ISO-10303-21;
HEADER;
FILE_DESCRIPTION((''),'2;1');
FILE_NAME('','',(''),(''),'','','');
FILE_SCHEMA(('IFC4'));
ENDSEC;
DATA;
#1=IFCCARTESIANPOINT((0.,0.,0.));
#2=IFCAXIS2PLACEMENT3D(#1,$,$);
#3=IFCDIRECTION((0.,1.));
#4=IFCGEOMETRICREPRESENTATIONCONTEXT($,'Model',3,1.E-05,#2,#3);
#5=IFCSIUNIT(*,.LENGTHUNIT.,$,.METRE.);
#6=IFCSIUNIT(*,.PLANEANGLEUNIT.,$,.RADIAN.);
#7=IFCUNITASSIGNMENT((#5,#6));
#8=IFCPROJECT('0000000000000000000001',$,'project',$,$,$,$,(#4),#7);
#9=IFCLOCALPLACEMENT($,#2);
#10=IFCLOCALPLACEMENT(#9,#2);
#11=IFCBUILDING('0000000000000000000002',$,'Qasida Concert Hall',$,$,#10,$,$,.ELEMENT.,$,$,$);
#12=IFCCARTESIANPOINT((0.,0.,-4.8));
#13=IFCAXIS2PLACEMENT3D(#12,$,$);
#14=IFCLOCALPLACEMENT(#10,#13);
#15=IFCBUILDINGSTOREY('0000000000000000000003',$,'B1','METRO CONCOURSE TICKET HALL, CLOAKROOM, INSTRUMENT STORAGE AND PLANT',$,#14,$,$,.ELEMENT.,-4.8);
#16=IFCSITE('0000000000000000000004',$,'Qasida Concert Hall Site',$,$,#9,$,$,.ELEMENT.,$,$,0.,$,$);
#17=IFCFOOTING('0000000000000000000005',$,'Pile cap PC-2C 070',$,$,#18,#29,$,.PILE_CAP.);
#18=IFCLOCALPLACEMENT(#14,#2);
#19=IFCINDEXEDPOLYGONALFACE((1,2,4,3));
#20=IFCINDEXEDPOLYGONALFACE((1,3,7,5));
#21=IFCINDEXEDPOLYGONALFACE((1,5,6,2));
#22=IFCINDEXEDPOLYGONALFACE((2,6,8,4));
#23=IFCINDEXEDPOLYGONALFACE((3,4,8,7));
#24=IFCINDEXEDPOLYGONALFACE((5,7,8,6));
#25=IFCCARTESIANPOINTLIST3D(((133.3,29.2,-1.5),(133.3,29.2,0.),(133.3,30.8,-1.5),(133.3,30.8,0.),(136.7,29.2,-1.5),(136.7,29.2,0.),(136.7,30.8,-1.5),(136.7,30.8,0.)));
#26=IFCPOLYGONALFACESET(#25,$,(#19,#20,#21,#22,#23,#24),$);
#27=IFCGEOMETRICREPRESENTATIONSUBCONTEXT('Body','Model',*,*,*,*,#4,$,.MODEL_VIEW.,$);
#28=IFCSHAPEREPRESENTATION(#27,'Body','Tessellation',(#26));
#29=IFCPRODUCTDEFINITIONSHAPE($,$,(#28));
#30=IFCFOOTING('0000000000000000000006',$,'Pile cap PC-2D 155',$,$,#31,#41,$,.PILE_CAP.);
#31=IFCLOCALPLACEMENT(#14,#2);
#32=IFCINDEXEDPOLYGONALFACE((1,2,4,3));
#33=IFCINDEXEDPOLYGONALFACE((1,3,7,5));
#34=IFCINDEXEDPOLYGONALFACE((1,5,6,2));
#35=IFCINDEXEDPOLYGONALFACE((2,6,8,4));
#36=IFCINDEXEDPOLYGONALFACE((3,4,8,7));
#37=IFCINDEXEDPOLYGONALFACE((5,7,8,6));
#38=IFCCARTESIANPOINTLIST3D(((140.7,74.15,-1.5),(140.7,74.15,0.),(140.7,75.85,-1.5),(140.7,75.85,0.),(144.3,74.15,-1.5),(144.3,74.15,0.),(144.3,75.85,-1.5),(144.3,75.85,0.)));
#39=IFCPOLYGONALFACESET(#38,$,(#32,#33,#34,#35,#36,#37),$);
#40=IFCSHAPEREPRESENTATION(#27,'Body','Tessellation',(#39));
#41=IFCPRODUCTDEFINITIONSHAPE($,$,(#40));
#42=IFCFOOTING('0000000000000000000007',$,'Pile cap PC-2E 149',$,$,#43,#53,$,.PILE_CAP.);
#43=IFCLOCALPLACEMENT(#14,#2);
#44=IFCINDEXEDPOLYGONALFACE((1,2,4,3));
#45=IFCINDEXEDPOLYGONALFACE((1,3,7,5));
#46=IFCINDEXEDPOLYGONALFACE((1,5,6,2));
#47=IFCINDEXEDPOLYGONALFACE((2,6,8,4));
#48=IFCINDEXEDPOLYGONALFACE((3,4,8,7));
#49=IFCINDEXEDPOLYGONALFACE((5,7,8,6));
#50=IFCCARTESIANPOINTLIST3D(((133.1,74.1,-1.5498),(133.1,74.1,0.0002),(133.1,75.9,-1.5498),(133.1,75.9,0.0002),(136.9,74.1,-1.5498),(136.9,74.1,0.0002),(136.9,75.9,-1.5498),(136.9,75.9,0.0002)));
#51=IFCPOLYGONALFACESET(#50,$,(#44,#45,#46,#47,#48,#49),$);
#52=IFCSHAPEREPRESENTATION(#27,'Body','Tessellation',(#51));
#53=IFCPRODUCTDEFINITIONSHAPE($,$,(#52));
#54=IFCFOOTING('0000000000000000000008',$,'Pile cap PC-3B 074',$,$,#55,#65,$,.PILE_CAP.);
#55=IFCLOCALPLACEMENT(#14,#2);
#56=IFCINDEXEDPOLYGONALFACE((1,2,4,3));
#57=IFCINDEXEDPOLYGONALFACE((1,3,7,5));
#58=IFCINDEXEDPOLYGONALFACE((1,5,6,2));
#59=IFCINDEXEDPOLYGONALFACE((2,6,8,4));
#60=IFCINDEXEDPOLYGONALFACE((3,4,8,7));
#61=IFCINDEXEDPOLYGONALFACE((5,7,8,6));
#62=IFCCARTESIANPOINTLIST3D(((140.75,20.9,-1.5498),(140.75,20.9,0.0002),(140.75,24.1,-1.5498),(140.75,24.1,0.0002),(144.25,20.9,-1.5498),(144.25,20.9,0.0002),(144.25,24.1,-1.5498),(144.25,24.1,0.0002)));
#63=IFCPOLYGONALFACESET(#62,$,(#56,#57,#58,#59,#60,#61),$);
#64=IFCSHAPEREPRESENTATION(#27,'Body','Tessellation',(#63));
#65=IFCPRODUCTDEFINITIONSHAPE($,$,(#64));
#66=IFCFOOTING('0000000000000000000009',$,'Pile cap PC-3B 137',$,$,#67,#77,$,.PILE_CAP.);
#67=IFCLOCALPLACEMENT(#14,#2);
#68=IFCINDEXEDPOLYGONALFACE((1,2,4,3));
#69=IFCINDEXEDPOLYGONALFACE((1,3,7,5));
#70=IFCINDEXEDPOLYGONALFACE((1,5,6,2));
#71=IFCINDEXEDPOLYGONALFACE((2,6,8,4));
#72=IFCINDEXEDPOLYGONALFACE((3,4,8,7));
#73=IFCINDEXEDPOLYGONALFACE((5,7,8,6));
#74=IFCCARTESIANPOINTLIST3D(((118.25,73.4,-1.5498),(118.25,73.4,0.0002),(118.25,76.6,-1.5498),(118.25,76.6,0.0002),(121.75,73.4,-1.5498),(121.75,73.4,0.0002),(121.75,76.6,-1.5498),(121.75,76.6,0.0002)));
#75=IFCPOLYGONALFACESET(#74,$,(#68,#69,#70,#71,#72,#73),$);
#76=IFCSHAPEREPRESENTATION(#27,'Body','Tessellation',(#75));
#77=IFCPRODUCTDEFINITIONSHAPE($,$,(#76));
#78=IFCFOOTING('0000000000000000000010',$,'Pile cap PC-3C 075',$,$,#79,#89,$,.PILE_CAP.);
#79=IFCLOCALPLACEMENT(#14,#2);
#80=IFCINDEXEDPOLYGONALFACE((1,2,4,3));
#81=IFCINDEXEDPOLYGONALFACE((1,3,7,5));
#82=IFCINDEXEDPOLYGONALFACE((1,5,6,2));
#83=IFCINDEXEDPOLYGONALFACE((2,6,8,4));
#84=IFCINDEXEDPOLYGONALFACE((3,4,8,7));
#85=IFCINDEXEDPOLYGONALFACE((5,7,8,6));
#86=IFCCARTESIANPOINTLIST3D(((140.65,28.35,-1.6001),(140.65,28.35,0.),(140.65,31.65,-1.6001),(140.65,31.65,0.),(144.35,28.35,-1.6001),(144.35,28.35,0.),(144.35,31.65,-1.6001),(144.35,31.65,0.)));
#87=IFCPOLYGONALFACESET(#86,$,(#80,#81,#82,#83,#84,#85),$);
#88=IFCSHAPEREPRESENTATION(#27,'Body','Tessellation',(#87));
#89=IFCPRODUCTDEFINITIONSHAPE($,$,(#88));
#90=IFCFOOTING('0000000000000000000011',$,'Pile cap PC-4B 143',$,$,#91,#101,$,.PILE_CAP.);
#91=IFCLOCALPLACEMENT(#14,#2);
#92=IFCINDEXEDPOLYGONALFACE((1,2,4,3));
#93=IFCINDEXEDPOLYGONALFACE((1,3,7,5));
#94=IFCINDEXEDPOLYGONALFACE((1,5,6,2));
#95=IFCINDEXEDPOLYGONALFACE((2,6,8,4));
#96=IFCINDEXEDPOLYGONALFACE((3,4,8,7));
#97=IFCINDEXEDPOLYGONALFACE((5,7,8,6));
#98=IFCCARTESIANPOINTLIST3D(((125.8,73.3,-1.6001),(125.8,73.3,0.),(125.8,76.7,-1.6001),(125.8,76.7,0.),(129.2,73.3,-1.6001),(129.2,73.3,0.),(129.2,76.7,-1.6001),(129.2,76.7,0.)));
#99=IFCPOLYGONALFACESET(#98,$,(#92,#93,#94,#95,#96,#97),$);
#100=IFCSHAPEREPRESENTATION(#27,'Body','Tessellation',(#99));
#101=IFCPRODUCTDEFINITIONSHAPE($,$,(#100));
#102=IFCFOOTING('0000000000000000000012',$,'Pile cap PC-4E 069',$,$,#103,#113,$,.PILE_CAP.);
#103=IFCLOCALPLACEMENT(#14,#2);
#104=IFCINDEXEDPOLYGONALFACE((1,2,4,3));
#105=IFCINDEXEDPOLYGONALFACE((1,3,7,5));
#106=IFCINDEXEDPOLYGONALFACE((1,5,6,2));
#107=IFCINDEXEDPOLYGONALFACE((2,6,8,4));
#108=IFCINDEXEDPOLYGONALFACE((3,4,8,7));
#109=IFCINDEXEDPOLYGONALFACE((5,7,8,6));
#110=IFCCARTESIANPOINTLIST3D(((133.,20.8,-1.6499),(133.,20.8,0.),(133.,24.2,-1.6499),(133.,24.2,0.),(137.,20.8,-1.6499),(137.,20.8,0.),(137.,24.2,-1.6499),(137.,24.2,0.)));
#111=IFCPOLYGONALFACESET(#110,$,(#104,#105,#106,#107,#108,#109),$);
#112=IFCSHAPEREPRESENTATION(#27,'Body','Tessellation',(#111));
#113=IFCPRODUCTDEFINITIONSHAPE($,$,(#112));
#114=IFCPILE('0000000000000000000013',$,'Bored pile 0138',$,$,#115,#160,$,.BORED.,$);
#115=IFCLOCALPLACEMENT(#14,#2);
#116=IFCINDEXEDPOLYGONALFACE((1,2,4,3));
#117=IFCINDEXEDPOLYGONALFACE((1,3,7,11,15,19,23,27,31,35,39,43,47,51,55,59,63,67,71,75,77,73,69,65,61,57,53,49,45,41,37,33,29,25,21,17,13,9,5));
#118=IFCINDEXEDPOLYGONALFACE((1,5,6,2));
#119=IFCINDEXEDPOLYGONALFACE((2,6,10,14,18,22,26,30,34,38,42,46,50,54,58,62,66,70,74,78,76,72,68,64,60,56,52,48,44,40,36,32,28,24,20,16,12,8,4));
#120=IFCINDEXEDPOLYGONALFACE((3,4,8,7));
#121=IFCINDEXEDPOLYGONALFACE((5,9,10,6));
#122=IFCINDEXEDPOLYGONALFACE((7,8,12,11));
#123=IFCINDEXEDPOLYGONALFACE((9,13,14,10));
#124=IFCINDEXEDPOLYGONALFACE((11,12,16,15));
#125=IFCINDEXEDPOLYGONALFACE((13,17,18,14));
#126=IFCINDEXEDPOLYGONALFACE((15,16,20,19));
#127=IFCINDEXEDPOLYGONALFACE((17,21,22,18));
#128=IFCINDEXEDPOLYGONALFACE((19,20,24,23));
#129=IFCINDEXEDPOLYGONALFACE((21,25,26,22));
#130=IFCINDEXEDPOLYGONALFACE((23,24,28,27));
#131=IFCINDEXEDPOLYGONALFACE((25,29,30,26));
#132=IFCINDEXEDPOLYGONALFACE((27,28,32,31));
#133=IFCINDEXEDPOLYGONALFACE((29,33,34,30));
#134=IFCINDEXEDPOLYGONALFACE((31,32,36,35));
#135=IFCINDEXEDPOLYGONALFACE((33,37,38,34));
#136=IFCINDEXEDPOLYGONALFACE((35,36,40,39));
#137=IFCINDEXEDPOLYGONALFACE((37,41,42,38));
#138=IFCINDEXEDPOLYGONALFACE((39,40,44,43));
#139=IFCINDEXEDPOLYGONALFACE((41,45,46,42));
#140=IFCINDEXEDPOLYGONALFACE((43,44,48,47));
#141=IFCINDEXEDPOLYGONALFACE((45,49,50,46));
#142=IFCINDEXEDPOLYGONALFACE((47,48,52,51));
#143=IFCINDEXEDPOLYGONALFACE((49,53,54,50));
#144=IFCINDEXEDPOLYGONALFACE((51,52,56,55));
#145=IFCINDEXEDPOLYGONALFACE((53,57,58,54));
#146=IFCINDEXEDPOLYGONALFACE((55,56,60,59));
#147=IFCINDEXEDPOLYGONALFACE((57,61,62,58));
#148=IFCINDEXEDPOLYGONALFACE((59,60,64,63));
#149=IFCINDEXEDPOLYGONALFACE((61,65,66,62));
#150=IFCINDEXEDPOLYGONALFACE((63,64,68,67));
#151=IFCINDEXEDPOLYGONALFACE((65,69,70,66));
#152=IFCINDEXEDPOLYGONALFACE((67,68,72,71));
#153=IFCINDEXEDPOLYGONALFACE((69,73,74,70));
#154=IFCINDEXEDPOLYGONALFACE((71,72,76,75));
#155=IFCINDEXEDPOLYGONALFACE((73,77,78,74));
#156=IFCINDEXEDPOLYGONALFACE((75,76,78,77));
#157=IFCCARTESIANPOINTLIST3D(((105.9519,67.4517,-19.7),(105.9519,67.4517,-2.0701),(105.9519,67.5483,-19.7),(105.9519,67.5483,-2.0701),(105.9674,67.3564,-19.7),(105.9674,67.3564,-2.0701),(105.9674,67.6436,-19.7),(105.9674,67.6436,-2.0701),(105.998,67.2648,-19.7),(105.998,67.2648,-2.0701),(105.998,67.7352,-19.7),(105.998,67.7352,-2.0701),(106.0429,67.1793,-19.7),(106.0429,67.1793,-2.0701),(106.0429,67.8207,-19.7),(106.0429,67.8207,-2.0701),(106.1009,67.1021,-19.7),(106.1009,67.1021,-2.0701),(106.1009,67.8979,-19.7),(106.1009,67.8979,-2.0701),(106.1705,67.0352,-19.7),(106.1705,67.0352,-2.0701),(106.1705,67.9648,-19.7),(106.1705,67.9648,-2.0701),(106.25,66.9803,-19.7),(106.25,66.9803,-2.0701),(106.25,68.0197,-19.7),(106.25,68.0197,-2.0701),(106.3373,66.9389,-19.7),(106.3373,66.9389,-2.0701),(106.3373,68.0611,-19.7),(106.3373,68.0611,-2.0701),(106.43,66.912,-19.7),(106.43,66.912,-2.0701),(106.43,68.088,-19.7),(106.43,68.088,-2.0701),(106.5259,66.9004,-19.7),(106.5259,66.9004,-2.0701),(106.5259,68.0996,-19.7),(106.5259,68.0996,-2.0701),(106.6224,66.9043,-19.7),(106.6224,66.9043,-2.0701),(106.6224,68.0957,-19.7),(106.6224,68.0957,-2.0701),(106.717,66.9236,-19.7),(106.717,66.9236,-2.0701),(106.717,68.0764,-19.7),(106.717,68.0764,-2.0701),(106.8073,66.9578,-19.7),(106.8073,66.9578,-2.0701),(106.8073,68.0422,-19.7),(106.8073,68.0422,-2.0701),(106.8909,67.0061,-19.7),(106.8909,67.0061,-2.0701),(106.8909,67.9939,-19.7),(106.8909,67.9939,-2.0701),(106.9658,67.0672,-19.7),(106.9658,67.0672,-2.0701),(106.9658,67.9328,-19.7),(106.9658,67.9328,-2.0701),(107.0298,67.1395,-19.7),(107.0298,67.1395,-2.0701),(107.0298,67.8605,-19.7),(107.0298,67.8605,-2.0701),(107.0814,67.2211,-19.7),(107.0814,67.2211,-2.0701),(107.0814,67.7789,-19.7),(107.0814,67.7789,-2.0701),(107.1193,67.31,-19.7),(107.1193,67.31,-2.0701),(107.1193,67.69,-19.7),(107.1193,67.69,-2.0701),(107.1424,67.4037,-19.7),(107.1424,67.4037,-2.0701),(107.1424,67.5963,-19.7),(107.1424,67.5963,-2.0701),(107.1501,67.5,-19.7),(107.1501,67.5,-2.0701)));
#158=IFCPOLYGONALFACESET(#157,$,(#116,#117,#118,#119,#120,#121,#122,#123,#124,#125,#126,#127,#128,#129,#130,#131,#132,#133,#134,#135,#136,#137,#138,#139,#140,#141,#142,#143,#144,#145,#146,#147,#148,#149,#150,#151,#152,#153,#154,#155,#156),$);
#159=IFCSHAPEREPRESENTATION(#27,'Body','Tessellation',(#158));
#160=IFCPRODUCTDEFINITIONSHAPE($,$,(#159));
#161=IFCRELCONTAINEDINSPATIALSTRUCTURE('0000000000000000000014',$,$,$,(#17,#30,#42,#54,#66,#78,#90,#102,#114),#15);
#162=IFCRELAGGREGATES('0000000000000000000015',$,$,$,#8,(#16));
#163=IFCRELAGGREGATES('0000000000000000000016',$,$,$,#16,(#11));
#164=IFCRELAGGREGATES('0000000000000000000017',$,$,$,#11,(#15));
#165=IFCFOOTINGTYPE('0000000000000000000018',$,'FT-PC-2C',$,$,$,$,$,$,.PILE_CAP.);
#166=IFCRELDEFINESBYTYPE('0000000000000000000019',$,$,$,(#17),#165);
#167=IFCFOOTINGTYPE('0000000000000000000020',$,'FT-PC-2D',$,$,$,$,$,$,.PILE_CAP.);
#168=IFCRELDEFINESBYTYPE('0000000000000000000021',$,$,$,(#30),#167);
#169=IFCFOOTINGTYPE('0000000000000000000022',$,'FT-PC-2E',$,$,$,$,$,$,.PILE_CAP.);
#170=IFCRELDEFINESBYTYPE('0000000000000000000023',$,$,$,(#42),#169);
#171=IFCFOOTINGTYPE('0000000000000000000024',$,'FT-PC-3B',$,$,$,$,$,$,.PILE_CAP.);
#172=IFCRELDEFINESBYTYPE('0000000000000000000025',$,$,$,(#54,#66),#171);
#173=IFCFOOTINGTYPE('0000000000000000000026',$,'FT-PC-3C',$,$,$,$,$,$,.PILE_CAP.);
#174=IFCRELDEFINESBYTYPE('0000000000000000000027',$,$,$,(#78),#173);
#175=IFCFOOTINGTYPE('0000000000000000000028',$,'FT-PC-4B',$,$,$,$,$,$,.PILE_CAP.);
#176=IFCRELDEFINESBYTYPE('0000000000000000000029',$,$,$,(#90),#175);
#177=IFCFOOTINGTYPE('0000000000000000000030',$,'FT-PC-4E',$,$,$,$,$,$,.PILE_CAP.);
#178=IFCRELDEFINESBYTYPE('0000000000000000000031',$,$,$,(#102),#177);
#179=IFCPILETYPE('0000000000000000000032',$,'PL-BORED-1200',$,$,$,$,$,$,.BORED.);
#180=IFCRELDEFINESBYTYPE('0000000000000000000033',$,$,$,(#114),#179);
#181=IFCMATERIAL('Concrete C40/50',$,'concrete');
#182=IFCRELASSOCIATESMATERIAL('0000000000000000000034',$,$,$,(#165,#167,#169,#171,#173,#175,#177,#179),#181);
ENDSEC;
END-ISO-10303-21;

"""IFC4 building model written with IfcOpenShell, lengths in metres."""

from ifc_helpers import new_model, si_unit, direction, frame, origin, origin_2d, place, context, subcontext, project, spatial, rectangle, circle, extrude, material, material_profile, profile_set, type_object, element, save


model = new_model("IFC4")

# Units and contexts
model_context = context("Model", 3, precision=1e-05, world=origin(), true_north=direction((0.0, 1.0)))
body_context = subcontext(model_context, "Body", "Model", "MODEL_VIEW")
ifc_project = project(units=[si_unit("LENGTHUNIT", "METRE"), si_unit("PLANEANGLEUNIT", "RADIAN")], contexts=[model_context])

# Site, building, storey
site_placement = place(None, origin())
site = spatial("IfcSite", under=ifc_project, at=site_placement, Name="Qasida Concert Hall Site", CompositionType="ELEMENT", RefElevation=0.0)
building_placement = place(site_placement, origin())
building = spatial("IfcBuilding", under=site, at=building_placement, Name="Qasida Concert Hall", CompositionType="ELEMENT")
storey_placement = place(building_placement, frame((0.0, 0.0, -4.8)))
storey = spatial("IfcBuildingStorey", under=building, at=storey_placement, Name="B1", Description="METRO CONCOURSE TICKET HALL, CLOAKROOM, INSTRUMENT STORAGE AND PLANT", CompositionType="ELEMENT", Elevation=-4.8)

# Footings
ifc_material_1 = material(Name="Concrete C40/50", Category="concrete")
footing_type_1 = type_object("IfcFootingType", Name="FT-PC-2C", PredefinedType="PILE_CAP", material=ifc_material_1)
footing_1_placement = place(storey_placement, frame((135.0, 30.0, -1.5), z_axis=(0.0, 0.0, 1.0), x_axis=(1.0, 0.0, 0.0)))
element("IfcFooting", 1, at=footing_1_placement, inside=storey, type_object=footing_type_1, Name="Pile cap PC-2C 070", PredefinedType="PILE_CAP", context=body_context, shape_type="SweptSolid", body=[
    extrude(rectangle(XDim=3.3999, YDim=1.6001, at=origin_2d()), origin(), (0.0, 0.0, 1.0), 1.5),
])
footing_type_2 = type_object("IfcFootingType", Name="FT-PC-2D", PredefinedType="PILE_CAP", material=ifc_material_1)
footing_2_placement = place(storey_placement, frame((142.5, 75.0, -1.5), z_axis=(0.0, 0.0, 1.0), x_axis=(1.0, 0.0, 0.0)))
element("IfcFooting", 2, at=footing_2_placement, inside=storey, type_object=footing_type_2, Name="Pile cap PC-2D 155", PredefinedType="PILE_CAP", context=body_context, shape_type="SweptSolid", body=[
    extrude(rectangle(XDim=3.6001, YDim=1.7, at=origin_2d()), origin(), (0.0, 0.0, 1.0), 1.5),
])
footing_type_3 = type_object("IfcFootingType", Name="FT-PC-2E", PredefinedType="PILE_CAP", material=ifc_material_1)
footing_3_placement = place(storey_placement, frame((135.0, 75.0, -1.5498), z_axis=(0.0, 0.0, 1.0), x_axis=(1.0, 0.0, 0.0)))
element("IfcFooting", 3, at=footing_3_placement, inside=storey, type_object=footing_type_3, Name="Pile cap PC-2E 149", PredefinedType="PILE_CAP", context=body_context, shape_type="SweptSolid", body=[
    extrude(rectangle(XDim=3.8, YDim=1.8, at=origin_2d()), origin(), (0.0, 0.0, 1.0), 1.55),
])
footing_type_4 = type_object("IfcFootingType", Name="FT-PC-3B", PredefinedType="PILE_CAP", material=ifc_material_1)
for number, where, z_axis, x_axis, name in (
    (4, (142.5, 22.5, -1.5498), (0.0, 0.0, 1.0), (1.0, 0.0, 0.0), "Pile cap PC-3B 074"),
    (5, (120.0, 75.0, -1.5498), (0.0, 0.0, 1.0), (1.0, 0.0, 0.0), "Pile cap PC-3B 137"),
):
    element("IfcFooting", number, at=place(storey_placement, frame(where, z_axis=z_axis, x_axis=x_axis)), inside=storey, type_object=footing_type_4, Name=name, PredefinedType="PILE_CAP", context=body_context, shape_type="SweptSolid", body=[
        extrude(rectangle(XDim=3.5, YDim=3.2, at=origin_2d()), origin(), (0.0, 0.0, 1.0), 1.55),
    ])
footing_type_5 = type_object("IfcFootingType", Name="FT-PC-3C", PredefinedType="PILE_CAP", material=ifc_material_1)
footing_4_placement = place(storey_placement, frame((142.5, 30.0, -1.6001), z_axis=(0.0, 0.0, 1.0), x_axis=(1.0, 0.0, 0.0)))
element("IfcFooting", 6, at=footing_4_placement, inside=storey, type_object=footing_type_5, Name="Pile cap PC-3C 075", PredefinedType="PILE_CAP", context=body_context, shape_type="SweptSolid", body=[
    extrude(rectangle(XDim=3.7, YDim=3.3, at=origin_2d()), origin(), (0.0, 0.0, 1.0), 1.6001),
])
footing_type_6 = type_object("IfcFootingType", Name="FT-PC-4B", PredefinedType="PILE_CAP", material=ifc_material_1)
footing_5_placement = place(storey_placement, frame((127.5, 75.0, -1.6001), z_axis=(0.0, 0.0, 1.0), x_axis=(1.0, 0.0, 0.0)))
element("IfcFooting", 7, at=footing_5_placement, inside=storey, type_object=footing_type_6, Name="Pile cap PC-4B 143", PredefinedType="PILE_CAP", context=body_context, shape_type="SweptSolid", body=[
    extrude(rectangle(XDim=3.3999, YDim=3.3999, at=origin_2d()), origin(), (0.0, 0.0, 1.0), 1.6001),
])
footing_type_7 = type_object("IfcFootingType", Name="FT-PC-4E", PredefinedType="PILE_CAP", material=ifc_material_1)
footing_6_placement = place(storey_placement, frame((135.0, 22.5, -1.6499), z_axis=(0.0, 0.0, 1.0), x_axis=(1.0, 0.0, 0.0)))
element("IfcFooting", 8, at=footing_6_placement, inside=storey, type_object=footing_type_7, Name="Pile cap PC-4E 069", PredefinedType="PILE_CAP", context=body_context, shape_type="SweptSolid", body=[
    extrude(rectangle(XDim=4.0, YDim=3.3999, at=origin_2d()), origin(), (0.0, 0.0, 1.0), 1.6499),
])

# Pile
ifc_material_profile_1 = material_profile(ifc_material_1, circle(Radius=0.6001, at=origin_2d()), Name="BORED PILE D1200")
ifc_profile_set_1 = profile_set([ifc_material_profile_1], Name="Concrete C40/50")
pile_type_1 = type_object("IfcPileType", Name="PL-BORED-1200", PredefinedType="BORED", material=ifc_profile_set_1)
pile_1_placement = place(storey_placement, frame((106.55, 67.5, -2.0701), z_axis=(0.0, 0.0, -1.0), x_axis=(1.0, 0.0, 0.0)))
element("IfcPile", 9, at=pile_1_placement, inside=storey, type_object=pile_type_1, Name="Bored pile 0138", PredefinedType="BORED", context=body_context, shape_type="SweptSolid", body=[
    extrude(circle(Radius=0.6001, at=origin_2d()), origin(), (0.0, 0.0, 1.0), 17.6299),
])

save(model, "model.ifc")
